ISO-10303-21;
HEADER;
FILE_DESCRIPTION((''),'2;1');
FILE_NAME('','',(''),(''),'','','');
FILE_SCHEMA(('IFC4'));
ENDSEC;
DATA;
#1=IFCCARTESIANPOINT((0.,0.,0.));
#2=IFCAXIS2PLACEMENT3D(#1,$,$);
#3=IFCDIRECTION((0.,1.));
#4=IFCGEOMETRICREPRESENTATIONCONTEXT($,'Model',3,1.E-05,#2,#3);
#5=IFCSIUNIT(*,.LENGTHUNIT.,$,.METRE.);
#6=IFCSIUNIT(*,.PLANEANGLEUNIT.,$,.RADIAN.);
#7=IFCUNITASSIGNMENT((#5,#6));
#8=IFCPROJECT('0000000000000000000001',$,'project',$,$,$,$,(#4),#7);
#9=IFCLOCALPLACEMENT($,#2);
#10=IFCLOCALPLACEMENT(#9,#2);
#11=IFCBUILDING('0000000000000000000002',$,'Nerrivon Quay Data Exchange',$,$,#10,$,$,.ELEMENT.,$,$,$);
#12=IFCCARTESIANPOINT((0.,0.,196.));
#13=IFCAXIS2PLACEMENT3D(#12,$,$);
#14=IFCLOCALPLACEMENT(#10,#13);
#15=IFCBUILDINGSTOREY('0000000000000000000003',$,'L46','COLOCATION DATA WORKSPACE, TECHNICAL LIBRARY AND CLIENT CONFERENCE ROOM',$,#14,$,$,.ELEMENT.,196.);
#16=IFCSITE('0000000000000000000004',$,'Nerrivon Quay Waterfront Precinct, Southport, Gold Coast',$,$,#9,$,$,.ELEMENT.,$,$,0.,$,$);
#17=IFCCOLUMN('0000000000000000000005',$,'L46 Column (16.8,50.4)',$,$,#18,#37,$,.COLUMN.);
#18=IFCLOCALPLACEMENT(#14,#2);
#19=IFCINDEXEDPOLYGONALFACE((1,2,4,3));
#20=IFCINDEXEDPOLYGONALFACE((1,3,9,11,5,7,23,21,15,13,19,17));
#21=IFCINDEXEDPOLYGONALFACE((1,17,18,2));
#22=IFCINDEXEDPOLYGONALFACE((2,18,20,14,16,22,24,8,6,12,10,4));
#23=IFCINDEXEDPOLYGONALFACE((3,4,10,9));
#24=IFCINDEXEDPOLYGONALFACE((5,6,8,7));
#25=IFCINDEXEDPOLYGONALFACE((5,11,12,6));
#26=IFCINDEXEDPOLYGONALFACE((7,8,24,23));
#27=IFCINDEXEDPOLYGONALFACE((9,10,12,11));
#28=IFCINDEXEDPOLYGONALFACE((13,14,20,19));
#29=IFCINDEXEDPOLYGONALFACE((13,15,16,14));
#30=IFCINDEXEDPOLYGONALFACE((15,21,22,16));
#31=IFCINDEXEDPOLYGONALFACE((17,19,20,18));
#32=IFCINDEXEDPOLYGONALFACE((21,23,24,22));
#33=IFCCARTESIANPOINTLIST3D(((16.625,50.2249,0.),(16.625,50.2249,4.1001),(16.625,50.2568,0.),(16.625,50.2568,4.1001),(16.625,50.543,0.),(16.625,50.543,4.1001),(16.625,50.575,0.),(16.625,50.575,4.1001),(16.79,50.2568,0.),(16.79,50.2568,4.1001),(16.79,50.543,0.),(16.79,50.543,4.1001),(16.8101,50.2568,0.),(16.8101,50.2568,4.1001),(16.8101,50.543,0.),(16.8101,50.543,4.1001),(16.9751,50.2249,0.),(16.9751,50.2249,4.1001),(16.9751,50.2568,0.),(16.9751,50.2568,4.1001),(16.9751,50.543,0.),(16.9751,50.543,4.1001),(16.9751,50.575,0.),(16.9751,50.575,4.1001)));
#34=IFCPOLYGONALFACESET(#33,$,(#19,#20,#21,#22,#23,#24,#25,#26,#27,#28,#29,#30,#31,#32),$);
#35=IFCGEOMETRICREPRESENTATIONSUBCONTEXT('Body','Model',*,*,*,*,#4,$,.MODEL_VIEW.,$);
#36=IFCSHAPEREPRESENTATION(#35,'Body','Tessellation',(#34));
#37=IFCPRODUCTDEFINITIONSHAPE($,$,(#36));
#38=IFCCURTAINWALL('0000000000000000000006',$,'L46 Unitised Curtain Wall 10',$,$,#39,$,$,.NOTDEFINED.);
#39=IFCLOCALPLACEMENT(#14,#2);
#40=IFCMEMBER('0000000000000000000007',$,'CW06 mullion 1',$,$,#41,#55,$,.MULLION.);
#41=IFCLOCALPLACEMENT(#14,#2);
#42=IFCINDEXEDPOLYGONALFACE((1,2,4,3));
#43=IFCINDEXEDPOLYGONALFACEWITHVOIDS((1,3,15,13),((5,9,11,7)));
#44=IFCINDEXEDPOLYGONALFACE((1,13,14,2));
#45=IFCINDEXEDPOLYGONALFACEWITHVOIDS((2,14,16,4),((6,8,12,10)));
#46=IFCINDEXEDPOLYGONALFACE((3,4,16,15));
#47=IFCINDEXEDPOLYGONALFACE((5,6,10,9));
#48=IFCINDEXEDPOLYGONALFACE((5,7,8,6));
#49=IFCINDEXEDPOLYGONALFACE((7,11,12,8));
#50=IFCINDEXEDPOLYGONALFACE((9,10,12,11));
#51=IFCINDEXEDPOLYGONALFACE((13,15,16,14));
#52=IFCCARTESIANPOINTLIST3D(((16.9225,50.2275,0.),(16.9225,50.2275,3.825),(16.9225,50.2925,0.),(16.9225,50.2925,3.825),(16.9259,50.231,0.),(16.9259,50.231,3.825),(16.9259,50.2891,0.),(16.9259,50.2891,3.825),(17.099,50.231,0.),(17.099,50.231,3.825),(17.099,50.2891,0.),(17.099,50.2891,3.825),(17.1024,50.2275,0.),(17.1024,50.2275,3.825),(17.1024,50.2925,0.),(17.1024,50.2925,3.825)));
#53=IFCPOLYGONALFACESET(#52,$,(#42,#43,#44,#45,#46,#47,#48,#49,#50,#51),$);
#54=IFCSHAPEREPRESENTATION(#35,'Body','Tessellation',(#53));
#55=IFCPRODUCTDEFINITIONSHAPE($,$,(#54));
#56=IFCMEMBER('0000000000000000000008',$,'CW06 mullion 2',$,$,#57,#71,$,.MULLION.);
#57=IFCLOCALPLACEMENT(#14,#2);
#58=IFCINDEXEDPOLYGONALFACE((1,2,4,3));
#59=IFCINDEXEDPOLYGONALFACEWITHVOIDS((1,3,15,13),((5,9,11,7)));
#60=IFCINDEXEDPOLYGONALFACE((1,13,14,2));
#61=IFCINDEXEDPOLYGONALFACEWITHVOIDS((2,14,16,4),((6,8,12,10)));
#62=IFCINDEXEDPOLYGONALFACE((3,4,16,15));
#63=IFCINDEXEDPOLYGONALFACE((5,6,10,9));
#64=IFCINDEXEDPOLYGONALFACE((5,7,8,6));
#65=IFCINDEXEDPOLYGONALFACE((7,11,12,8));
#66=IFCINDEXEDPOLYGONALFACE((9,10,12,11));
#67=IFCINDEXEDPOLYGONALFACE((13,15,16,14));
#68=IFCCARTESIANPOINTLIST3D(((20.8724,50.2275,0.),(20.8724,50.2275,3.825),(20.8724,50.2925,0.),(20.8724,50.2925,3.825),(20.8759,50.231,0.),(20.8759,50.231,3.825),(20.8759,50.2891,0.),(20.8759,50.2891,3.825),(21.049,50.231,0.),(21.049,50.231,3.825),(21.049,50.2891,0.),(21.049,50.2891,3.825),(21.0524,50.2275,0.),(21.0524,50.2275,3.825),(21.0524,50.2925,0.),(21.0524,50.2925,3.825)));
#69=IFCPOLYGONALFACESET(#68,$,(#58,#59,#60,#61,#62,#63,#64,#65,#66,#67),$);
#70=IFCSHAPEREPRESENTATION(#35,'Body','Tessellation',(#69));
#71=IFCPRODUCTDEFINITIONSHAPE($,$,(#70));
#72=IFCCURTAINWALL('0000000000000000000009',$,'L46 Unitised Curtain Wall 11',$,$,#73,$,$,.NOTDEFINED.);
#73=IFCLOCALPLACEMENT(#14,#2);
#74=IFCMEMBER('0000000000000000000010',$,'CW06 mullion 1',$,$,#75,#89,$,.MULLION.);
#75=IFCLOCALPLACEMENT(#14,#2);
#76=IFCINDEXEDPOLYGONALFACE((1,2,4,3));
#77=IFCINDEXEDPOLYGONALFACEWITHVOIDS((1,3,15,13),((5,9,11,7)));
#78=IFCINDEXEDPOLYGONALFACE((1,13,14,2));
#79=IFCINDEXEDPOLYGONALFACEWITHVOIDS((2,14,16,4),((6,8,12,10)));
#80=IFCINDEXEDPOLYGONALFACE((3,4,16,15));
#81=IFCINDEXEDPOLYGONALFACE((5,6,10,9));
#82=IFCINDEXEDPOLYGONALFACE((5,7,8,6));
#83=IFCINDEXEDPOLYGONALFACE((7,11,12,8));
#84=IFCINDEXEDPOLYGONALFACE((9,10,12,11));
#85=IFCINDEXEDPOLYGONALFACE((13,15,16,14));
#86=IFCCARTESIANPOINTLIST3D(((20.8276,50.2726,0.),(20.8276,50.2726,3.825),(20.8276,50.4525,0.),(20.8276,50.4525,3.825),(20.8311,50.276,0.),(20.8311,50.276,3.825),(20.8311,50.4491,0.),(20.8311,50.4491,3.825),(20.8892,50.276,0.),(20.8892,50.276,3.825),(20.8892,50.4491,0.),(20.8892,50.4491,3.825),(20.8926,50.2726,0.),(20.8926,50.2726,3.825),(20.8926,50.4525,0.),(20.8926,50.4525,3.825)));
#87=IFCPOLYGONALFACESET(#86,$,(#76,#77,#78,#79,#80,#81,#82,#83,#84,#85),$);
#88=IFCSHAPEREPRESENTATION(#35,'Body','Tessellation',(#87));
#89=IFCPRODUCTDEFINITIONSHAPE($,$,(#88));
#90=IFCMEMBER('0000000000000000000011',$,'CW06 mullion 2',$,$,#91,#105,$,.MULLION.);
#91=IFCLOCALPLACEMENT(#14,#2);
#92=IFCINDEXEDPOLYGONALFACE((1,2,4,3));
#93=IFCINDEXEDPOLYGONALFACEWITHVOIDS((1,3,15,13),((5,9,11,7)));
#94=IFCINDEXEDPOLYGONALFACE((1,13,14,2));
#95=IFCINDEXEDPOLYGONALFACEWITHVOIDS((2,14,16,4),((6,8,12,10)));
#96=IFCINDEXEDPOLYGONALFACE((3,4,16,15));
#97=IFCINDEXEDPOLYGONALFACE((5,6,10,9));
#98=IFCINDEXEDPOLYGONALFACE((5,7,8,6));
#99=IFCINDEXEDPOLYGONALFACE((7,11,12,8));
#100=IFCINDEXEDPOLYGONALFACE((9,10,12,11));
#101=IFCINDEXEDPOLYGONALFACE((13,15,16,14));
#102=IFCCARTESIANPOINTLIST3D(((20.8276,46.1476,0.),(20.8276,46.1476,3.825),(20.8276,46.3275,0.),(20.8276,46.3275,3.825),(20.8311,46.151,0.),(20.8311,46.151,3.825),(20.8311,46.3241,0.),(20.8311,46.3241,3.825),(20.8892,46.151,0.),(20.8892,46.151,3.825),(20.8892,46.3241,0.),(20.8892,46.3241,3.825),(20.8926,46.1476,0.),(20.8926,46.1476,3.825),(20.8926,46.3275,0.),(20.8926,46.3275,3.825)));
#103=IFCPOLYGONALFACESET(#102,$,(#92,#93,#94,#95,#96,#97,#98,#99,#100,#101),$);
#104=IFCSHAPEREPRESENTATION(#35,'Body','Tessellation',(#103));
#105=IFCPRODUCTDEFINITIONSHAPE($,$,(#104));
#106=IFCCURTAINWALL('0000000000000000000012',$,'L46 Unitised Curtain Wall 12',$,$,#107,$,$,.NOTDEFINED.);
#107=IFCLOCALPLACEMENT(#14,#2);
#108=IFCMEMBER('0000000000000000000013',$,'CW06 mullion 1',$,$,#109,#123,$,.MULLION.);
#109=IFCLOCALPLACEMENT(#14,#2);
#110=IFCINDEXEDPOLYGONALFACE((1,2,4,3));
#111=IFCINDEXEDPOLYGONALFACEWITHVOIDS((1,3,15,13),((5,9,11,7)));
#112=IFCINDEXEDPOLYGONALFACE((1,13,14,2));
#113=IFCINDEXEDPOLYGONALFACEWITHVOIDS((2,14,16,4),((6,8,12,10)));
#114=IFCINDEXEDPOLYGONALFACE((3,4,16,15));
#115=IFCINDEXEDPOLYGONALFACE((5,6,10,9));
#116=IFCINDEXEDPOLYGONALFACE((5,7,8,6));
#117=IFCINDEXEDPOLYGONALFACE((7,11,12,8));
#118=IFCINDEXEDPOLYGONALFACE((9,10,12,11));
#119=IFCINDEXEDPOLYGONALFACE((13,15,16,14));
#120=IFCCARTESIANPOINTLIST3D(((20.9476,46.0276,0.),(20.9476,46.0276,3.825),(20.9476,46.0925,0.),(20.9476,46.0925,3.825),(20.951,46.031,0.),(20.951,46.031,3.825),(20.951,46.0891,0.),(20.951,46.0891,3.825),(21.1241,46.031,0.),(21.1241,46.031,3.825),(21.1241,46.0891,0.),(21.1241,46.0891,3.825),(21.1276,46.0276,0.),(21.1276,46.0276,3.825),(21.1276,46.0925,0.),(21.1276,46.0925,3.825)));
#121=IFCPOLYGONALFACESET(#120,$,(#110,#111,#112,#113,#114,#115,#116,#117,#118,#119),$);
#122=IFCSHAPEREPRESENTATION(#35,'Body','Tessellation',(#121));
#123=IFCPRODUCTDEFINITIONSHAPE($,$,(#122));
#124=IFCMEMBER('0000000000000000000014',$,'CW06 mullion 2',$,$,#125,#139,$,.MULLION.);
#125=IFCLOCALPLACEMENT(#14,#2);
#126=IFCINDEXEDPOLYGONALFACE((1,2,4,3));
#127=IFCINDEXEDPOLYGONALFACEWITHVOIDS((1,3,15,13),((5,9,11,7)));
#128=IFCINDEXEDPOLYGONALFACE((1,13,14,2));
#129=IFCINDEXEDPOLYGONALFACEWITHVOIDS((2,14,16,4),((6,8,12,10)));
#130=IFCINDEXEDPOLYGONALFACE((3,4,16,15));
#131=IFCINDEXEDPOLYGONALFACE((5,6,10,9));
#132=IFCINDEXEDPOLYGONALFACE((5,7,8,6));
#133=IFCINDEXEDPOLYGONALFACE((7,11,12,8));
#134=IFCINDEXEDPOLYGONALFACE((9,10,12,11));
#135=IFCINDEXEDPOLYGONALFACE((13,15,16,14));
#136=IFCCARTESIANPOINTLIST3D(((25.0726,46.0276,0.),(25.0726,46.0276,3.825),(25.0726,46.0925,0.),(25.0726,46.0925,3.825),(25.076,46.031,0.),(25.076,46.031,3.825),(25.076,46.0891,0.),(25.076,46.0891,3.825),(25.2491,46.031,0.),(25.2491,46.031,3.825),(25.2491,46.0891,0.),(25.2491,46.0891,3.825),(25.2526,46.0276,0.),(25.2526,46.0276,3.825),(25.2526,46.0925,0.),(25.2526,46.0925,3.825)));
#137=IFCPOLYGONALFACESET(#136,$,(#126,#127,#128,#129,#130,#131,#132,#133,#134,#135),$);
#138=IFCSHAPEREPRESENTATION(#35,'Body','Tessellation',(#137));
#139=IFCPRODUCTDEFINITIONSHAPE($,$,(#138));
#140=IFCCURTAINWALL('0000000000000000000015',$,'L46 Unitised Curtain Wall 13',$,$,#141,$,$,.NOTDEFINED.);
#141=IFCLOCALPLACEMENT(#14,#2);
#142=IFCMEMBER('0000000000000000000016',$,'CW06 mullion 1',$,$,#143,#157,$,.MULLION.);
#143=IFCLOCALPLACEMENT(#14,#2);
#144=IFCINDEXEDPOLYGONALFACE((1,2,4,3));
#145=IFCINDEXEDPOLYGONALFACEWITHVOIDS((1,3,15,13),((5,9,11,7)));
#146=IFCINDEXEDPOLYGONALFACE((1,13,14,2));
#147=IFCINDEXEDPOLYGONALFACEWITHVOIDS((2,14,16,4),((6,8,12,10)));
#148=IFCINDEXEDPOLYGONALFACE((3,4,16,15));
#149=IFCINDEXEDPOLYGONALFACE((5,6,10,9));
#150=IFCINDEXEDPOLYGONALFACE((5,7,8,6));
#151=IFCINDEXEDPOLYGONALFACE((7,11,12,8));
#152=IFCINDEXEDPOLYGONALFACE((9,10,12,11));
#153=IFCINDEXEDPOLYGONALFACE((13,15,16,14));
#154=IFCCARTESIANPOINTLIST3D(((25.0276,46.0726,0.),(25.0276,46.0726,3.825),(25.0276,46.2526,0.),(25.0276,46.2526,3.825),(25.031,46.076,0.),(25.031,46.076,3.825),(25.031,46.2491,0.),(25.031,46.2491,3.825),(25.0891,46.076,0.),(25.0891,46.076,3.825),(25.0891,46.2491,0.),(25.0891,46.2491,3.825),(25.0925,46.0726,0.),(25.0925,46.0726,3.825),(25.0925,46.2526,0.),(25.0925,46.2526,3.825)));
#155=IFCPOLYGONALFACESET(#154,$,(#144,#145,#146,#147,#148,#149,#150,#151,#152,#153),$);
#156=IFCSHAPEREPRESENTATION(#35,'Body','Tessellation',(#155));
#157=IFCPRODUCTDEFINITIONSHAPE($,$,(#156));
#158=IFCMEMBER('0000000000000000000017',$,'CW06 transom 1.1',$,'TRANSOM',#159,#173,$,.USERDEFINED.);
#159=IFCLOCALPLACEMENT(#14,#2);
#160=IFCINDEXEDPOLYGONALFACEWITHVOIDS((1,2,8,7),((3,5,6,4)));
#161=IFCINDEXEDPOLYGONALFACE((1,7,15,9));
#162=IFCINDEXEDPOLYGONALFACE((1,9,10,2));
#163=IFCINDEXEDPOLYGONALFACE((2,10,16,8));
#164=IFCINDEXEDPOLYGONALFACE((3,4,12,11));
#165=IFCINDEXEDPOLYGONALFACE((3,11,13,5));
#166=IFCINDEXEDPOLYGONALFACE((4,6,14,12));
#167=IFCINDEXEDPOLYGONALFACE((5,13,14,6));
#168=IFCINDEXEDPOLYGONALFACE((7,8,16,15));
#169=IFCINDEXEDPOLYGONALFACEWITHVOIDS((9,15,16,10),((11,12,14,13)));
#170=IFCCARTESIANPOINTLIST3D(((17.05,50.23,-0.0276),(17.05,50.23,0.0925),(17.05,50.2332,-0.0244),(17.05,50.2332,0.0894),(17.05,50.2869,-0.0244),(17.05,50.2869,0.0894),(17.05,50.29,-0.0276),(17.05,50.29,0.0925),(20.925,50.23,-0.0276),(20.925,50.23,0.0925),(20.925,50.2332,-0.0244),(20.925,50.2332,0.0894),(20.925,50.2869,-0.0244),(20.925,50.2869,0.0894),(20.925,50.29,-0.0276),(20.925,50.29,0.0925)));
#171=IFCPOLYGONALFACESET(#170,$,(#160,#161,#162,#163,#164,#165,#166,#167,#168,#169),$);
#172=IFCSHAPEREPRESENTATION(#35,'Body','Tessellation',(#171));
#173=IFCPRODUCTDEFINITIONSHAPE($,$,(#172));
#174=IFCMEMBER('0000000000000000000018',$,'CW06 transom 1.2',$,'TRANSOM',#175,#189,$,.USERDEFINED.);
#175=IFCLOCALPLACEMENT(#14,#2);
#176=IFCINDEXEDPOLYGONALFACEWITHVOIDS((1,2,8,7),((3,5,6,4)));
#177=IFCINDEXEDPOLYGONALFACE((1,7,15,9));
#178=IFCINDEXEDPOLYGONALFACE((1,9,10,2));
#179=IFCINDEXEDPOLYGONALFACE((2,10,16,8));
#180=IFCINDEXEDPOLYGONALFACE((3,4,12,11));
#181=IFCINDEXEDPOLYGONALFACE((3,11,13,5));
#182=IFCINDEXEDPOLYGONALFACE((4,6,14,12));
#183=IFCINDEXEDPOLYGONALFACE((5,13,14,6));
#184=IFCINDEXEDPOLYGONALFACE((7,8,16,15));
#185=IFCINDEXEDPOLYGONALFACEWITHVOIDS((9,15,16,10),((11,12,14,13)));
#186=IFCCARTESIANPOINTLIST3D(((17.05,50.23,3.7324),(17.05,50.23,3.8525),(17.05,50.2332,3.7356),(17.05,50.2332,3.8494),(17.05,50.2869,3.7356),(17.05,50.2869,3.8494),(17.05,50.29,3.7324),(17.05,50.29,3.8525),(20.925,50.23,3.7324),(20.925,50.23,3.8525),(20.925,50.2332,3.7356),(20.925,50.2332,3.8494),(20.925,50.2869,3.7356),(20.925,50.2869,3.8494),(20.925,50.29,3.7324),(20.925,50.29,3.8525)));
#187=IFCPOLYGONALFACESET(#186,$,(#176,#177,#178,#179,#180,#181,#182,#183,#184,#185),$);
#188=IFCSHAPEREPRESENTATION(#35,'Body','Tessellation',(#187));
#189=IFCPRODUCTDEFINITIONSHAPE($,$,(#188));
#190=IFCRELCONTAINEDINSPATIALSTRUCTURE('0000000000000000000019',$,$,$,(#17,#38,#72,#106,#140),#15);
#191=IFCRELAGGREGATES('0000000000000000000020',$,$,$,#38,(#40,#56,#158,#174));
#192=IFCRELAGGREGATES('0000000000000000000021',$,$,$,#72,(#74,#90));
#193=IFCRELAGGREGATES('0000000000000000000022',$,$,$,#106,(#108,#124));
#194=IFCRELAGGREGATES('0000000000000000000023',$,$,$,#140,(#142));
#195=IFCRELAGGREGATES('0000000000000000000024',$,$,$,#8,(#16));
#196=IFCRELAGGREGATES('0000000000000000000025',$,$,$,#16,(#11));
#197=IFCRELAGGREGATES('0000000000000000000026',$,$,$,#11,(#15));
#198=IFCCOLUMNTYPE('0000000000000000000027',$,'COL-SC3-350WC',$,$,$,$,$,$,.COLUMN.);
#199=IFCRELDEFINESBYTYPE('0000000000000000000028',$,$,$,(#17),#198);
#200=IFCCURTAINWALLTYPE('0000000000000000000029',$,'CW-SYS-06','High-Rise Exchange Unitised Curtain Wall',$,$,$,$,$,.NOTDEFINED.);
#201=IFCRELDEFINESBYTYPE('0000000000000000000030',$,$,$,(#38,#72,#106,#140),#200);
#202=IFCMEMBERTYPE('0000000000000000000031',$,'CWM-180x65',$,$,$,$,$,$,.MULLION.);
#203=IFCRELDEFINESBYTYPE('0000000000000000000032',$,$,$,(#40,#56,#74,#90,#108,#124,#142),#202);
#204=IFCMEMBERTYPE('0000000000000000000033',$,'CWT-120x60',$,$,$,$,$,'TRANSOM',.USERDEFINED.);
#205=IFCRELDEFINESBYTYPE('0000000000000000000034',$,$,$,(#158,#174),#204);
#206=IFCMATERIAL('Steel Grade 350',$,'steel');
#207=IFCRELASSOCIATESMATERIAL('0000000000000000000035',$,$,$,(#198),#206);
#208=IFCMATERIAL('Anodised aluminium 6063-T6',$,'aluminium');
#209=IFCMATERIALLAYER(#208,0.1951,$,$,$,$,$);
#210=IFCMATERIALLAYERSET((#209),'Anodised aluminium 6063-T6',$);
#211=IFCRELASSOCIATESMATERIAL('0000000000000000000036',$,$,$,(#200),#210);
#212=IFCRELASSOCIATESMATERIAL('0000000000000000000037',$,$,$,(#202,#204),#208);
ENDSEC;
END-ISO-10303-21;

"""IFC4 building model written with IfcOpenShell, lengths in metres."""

from ifc_helpers import new_model, si_unit, direction, frame, origin, origin_2d, place, context, subcontext, project, spatial, hollow_rectangle, i_section, extrude, material, layer, layer_set, material_profile, profile_set, type_object, element, aggregate, save


model = new_model("IFC4")

# Units and contexts
model_context = context("Model", 3, precision=1e-05, world=origin(), true_north=direction((0.0, 1.0)))
body_context = subcontext(model_context, "Body", "Model", "MODEL_VIEW")
ifc_project = project(units=[si_unit("LENGTHUNIT", "METRE"), si_unit("PLANEANGLEUNIT", "RADIAN")], contexts=[model_context])

# Site, building, storey
site_placement = place(None, origin())
site = spatial("IfcSite", under=ifc_project, at=site_placement, Name="Nerrivon Quay Waterfront Precinct, Southport, Gold Coast", CompositionType="ELEMENT", RefElevation=0.0)
building_placement = place(site_placement, origin())
building = spatial("IfcBuilding", under=site, at=building_placement, Name="Nerrivon Quay Data Exchange", CompositionType="ELEMENT")
storey_placement = place(building_placement, frame((0.0, 0.0, 196.0)))
storey = spatial("IfcBuildingStorey", under=building, at=storey_placement, Name="L46", Description="COLOCATION DATA WORKSPACE, TECHNICAL LIBRARY AND CLIENT CONFERENCE ROOM", CompositionType="ELEMENT", Elevation=196.0)

# Column
ifc_material_1 = material(Name="Steel Grade 350", Category="steel")
ifc_material_profile_1 = material_profile(ifc_material_1, i_section(OverallWidth=0.3501, OverallDepth=0.3501, WebThickness=0.02, FlangeThickness=0.032, at=origin_2d()), Name="350WC230")
ifc_profile_set_1 = profile_set([ifc_material_profile_1], Name="Steel Grade 350")
column_type = type_object("IfcColumnType", Name="COL-SC3-350WC", PredefinedType="COLUMN", material=ifc_profile_set_1)
column_placement = place(storey_placement, frame((16.8, 50.3999, 0.0), z_axis=(0.0, 0.0, 1.0), x_axis=(1.0, 0.0, 0.0)))
element("IfcColumn", 1, at=column_placement, inside=storey, type_object=column_type, Name="L46 Column (16.8,50.4)", PredefinedType="COLUMN", context=body_context, shape_type="SweptSolid", body=[
    extrude(i_section(OverallWidth=0.3501, OverallDepth=0.3501, WebThickness=0.02, FlangeThickness=0.032, at=origin_2d()), origin(), (0.0, 0.0, 1.0), 4.1001),
])

# Curtain walls, members
ifc_material_2 = material(Name="Anodised aluminium 6063-T6", Category="aluminium")
ifc_layer_1 = layer(ifc_material_2, 0.1951)
ifc_layer_set_1 = layer_set([ifc_layer_1], Name="Anodised aluminium 6063-T6")
curtain_wall_type = type_object("IfcCurtainWallType", Name="CW-SYS-06", Description="High-Rise Exchange Unitised Curtain Wall", PredefinedType="NOTDEFINED", material=ifc_layer_set_1)
curtain_wall_1_placement = place(storey_placement, origin())
curtain_wall_1 = element("IfcCurtainWall", 2, at=curtain_wall_1_placement, inside=storey, type_object=curtain_wall_type, Name="L46 Unitised Curtain Wall 10", PredefinedType="NOTDEFINED")
ifc_material_profile_2 = material_profile(ifc_material_2, hollow_rectangle(XDim=0.0649, YDim=0.1799, WallThickness=0.0034, at=origin_2d()), Name="ALU-MULL-180x65")
ifc_profile_set_2 = profile_set([ifc_material_profile_2], Name="Anodised aluminium 6063-T6")
member_type_1 = type_object("IfcMemberType", Name="CWM-180x65", PredefinedType="MULLION", material=ifc_profile_set_2)
member_1_placement = place(storey_placement, frame((17.0125, 50.26, 0.0), z_axis=(0.0, 0.0, 1.0), x_axis=(0.0, 1.0, 0.0)))
member_1 = element("IfcMember", 3, at=member_1_placement, type_object=member_type_1, Name="CW06 mullion 1", PredefinedType="MULLION", context=body_context, shape_type="SweptSolid", body=[
    extrude(hollow_rectangle(XDim=0.0649, YDim=0.1799, WallThickness=0.0034, at=origin_2d()), origin(), (0.0, 0.0, 1.0), 3.825),
])
member_2_placement = place(storey_placement, frame((20.9624, 50.26, 0.0), z_axis=(0.0, 0.0, 1.0), x_axis=(0.0, 1.0, 0.0)))
member_2 = element("IfcMember", 4, at=member_2_placement, type_object=member_type_1, Name="CW06 mullion 2", PredefinedType="MULLION", context=body_context, shape_type="SweptSolid", body=[
    extrude(hollow_rectangle(XDim=0.0649, YDim=0.1799, WallThickness=0.0034, at=origin_2d()), origin(), (0.0, 0.0, 1.0), 3.825),
])
curtain_wall_2_placement = place(storey_placement, origin())
curtain_wall_2 = element("IfcCurtainWall", 5, at=curtain_wall_2_placement, inside=storey, type_object=curtain_wall_type, Name="L46 Unitised Curtain Wall 11", PredefinedType="NOTDEFINED")
member_3_placement = place(storey_placement, frame((20.8601, 50.3625, 0.0), z_axis=(0.0, 0.0, 1.0), x_axis=(1.0, 0.0, 0.0)))
member_3 = element("IfcMember", 6, at=member_3_placement, type_object=member_type_1, Name="CW06 mullion 1", PredefinedType="MULLION", context=body_context, shape_type="SweptSolid", body=[
    extrude(hollow_rectangle(XDim=0.0649, YDim=0.1799, WallThickness=0.0034, at=origin_2d()), origin(), (0.0, 0.0, 1.0), 3.825),
])
member_4_placement = place(storey_placement, frame((20.8601, 46.2375, 0.0), z_axis=(0.0, 0.0, 1.0), x_axis=(1.0, 0.0, 0.0)))
member_4 = element("IfcMember", 7, at=member_4_placement, type_object=member_type_1, Name="CW06 mullion 2", PredefinedType="MULLION", context=body_context, shape_type="SweptSolid", body=[
    extrude(hollow_rectangle(XDim=0.0649, YDim=0.1799, WallThickness=0.0034, at=origin_2d()), origin(), (0.0, 0.0, 1.0), 3.825),
])
curtain_wall_3_placement = place(storey_placement, origin())
curtain_wall_3 = element("IfcCurtainWall", 8, at=curtain_wall_3_placement, inside=storey, type_object=curtain_wall_type, Name="L46 Unitised Curtain Wall 12", PredefinedType="NOTDEFINED")
member_5_placement = place(storey_placement, frame((21.0376, 46.0601, 0.0), z_axis=(0.0, 0.0, 1.0), x_axis=(0.0, 1.0, 0.0)))
member_5 = element("IfcMember", 9, at=member_5_placement, type_object=member_type_1, Name="CW06 mullion 1", PredefinedType="MULLION", context=body_context, shape_type="SweptSolid", body=[
    extrude(hollow_rectangle(XDim=0.0649, YDim=0.1799, WallThickness=0.0034, at=origin_2d()), origin(), (0.0, 0.0, 1.0), 3.825),
])
member_6_placement = place(storey_placement, frame((25.1626, 46.0601, 0.0), z_axis=(0.0, 0.0, 1.0), x_axis=(0.0, 1.0, 0.0)))
member_6 = element("IfcMember", 10, at=member_6_placement, type_object=member_type_1, Name="CW06 mullion 2", PredefinedType="MULLION", context=body_context, shape_type="SweptSolid", body=[
    extrude(hollow_rectangle(XDim=0.0649, YDim=0.1799, WallThickness=0.0034, at=origin_2d()), origin(), (0.0, 0.0, 1.0), 3.825),
])

# Curtain wall, member
curtain_wall_4_placement = place(storey_placement, origin())
curtain_wall_4 = element("IfcCurtainWall", 11, at=curtain_wall_4_placement, inside=storey, type_object=curtain_wall_type, Name="L46 Unitised Curtain Wall 13", PredefinedType="NOTDEFINED")
member_7_placement = place(storey_placement, frame((25.0601, 46.1626, 0.0), z_axis=(0.0, 0.0, 1.0), x_axis=(1.0, 0.0, 0.0)))
member_7 = element("IfcMember", 12, at=member_7_placement, type_object=member_type_1, Name="CW06 mullion 1", PredefinedType="MULLION", context=body_context, shape_type="SweptSolid", body=[
    extrude(hollow_rectangle(XDim=0.0649, YDim=0.1799, WallThickness=0.0034, at=origin_2d()), origin(), (0.0, 0.0, 1.0), 3.825),
])

# Members
ifc_material_profile_3 = material_profile(ifc_material_2, hollow_rectangle(XDim=0.0601, YDim=0.1201, WallThickness=0.0032, at=origin_2d()), Name="ALU-TRAN-120x60")
ifc_profile_set_3 = profile_set([ifc_material_profile_3], Name="Anodised aluminium 6063-T6")
member_type_2 = type_object("IfcMemberType", Name="CWT-120x60", ElementType="TRANSOM", PredefinedType="USERDEFINED", material=ifc_profile_set_3)
member_8_placement = place(storey_placement, frame((17.05, 50.26, 0.0325), z_axis=(1.0, 0.0, 0.0), x_axis=(0.0, 1.0, 0.0)))
member_8 = element("IfcMember", 13, at=member_8_placement, type_object=member_type_2, Name="CW06 transom 1.1", ObjectType="TRANSOM", PredefinedType="USERDEFINED", context=body_context, shape_type="SweptSolid", body=[
    extrude(hollow_rectangle(XDim=0.0601, YDim=0.1201, WallThickness=0.0032, at=origin_2d()), origin(), (0.0, 0.0, 1.0), 3.875),
])
member_9_placement = place(storey_placement, frame((17.05, 50.26, 3.7925), z_axis=(1.0, 0.0, 0.0), x_axis=(0.0, 1.0, 0.0)))
member_9 = element("IfcMember", 14, at=member_9_placement, type_object=member_type_2, Name="CW06 transom 1.2", ObjectType="TRANSOM", PredefinedType="USERDEFINED", context=body_context, shape_type="SweptSolid", body=[
    extrude(hollow_rectangle(XDim=0.0601, YDim=0.1201, WallThickness=0.0032, at=origin_2d()), origin(), (0.0, 0.0, 1.0), 3.875),
])

aggregate(curtain_wall_1, [member_1, member_2, member_8, member_9])
aggregate(curtain_wall_2, [member_3, member_4])
aggregate(curtain_wall_3, [member_5, member_6])
aggregate(curtain_wall_4, [member_7])

save(model, "model.ifc")
